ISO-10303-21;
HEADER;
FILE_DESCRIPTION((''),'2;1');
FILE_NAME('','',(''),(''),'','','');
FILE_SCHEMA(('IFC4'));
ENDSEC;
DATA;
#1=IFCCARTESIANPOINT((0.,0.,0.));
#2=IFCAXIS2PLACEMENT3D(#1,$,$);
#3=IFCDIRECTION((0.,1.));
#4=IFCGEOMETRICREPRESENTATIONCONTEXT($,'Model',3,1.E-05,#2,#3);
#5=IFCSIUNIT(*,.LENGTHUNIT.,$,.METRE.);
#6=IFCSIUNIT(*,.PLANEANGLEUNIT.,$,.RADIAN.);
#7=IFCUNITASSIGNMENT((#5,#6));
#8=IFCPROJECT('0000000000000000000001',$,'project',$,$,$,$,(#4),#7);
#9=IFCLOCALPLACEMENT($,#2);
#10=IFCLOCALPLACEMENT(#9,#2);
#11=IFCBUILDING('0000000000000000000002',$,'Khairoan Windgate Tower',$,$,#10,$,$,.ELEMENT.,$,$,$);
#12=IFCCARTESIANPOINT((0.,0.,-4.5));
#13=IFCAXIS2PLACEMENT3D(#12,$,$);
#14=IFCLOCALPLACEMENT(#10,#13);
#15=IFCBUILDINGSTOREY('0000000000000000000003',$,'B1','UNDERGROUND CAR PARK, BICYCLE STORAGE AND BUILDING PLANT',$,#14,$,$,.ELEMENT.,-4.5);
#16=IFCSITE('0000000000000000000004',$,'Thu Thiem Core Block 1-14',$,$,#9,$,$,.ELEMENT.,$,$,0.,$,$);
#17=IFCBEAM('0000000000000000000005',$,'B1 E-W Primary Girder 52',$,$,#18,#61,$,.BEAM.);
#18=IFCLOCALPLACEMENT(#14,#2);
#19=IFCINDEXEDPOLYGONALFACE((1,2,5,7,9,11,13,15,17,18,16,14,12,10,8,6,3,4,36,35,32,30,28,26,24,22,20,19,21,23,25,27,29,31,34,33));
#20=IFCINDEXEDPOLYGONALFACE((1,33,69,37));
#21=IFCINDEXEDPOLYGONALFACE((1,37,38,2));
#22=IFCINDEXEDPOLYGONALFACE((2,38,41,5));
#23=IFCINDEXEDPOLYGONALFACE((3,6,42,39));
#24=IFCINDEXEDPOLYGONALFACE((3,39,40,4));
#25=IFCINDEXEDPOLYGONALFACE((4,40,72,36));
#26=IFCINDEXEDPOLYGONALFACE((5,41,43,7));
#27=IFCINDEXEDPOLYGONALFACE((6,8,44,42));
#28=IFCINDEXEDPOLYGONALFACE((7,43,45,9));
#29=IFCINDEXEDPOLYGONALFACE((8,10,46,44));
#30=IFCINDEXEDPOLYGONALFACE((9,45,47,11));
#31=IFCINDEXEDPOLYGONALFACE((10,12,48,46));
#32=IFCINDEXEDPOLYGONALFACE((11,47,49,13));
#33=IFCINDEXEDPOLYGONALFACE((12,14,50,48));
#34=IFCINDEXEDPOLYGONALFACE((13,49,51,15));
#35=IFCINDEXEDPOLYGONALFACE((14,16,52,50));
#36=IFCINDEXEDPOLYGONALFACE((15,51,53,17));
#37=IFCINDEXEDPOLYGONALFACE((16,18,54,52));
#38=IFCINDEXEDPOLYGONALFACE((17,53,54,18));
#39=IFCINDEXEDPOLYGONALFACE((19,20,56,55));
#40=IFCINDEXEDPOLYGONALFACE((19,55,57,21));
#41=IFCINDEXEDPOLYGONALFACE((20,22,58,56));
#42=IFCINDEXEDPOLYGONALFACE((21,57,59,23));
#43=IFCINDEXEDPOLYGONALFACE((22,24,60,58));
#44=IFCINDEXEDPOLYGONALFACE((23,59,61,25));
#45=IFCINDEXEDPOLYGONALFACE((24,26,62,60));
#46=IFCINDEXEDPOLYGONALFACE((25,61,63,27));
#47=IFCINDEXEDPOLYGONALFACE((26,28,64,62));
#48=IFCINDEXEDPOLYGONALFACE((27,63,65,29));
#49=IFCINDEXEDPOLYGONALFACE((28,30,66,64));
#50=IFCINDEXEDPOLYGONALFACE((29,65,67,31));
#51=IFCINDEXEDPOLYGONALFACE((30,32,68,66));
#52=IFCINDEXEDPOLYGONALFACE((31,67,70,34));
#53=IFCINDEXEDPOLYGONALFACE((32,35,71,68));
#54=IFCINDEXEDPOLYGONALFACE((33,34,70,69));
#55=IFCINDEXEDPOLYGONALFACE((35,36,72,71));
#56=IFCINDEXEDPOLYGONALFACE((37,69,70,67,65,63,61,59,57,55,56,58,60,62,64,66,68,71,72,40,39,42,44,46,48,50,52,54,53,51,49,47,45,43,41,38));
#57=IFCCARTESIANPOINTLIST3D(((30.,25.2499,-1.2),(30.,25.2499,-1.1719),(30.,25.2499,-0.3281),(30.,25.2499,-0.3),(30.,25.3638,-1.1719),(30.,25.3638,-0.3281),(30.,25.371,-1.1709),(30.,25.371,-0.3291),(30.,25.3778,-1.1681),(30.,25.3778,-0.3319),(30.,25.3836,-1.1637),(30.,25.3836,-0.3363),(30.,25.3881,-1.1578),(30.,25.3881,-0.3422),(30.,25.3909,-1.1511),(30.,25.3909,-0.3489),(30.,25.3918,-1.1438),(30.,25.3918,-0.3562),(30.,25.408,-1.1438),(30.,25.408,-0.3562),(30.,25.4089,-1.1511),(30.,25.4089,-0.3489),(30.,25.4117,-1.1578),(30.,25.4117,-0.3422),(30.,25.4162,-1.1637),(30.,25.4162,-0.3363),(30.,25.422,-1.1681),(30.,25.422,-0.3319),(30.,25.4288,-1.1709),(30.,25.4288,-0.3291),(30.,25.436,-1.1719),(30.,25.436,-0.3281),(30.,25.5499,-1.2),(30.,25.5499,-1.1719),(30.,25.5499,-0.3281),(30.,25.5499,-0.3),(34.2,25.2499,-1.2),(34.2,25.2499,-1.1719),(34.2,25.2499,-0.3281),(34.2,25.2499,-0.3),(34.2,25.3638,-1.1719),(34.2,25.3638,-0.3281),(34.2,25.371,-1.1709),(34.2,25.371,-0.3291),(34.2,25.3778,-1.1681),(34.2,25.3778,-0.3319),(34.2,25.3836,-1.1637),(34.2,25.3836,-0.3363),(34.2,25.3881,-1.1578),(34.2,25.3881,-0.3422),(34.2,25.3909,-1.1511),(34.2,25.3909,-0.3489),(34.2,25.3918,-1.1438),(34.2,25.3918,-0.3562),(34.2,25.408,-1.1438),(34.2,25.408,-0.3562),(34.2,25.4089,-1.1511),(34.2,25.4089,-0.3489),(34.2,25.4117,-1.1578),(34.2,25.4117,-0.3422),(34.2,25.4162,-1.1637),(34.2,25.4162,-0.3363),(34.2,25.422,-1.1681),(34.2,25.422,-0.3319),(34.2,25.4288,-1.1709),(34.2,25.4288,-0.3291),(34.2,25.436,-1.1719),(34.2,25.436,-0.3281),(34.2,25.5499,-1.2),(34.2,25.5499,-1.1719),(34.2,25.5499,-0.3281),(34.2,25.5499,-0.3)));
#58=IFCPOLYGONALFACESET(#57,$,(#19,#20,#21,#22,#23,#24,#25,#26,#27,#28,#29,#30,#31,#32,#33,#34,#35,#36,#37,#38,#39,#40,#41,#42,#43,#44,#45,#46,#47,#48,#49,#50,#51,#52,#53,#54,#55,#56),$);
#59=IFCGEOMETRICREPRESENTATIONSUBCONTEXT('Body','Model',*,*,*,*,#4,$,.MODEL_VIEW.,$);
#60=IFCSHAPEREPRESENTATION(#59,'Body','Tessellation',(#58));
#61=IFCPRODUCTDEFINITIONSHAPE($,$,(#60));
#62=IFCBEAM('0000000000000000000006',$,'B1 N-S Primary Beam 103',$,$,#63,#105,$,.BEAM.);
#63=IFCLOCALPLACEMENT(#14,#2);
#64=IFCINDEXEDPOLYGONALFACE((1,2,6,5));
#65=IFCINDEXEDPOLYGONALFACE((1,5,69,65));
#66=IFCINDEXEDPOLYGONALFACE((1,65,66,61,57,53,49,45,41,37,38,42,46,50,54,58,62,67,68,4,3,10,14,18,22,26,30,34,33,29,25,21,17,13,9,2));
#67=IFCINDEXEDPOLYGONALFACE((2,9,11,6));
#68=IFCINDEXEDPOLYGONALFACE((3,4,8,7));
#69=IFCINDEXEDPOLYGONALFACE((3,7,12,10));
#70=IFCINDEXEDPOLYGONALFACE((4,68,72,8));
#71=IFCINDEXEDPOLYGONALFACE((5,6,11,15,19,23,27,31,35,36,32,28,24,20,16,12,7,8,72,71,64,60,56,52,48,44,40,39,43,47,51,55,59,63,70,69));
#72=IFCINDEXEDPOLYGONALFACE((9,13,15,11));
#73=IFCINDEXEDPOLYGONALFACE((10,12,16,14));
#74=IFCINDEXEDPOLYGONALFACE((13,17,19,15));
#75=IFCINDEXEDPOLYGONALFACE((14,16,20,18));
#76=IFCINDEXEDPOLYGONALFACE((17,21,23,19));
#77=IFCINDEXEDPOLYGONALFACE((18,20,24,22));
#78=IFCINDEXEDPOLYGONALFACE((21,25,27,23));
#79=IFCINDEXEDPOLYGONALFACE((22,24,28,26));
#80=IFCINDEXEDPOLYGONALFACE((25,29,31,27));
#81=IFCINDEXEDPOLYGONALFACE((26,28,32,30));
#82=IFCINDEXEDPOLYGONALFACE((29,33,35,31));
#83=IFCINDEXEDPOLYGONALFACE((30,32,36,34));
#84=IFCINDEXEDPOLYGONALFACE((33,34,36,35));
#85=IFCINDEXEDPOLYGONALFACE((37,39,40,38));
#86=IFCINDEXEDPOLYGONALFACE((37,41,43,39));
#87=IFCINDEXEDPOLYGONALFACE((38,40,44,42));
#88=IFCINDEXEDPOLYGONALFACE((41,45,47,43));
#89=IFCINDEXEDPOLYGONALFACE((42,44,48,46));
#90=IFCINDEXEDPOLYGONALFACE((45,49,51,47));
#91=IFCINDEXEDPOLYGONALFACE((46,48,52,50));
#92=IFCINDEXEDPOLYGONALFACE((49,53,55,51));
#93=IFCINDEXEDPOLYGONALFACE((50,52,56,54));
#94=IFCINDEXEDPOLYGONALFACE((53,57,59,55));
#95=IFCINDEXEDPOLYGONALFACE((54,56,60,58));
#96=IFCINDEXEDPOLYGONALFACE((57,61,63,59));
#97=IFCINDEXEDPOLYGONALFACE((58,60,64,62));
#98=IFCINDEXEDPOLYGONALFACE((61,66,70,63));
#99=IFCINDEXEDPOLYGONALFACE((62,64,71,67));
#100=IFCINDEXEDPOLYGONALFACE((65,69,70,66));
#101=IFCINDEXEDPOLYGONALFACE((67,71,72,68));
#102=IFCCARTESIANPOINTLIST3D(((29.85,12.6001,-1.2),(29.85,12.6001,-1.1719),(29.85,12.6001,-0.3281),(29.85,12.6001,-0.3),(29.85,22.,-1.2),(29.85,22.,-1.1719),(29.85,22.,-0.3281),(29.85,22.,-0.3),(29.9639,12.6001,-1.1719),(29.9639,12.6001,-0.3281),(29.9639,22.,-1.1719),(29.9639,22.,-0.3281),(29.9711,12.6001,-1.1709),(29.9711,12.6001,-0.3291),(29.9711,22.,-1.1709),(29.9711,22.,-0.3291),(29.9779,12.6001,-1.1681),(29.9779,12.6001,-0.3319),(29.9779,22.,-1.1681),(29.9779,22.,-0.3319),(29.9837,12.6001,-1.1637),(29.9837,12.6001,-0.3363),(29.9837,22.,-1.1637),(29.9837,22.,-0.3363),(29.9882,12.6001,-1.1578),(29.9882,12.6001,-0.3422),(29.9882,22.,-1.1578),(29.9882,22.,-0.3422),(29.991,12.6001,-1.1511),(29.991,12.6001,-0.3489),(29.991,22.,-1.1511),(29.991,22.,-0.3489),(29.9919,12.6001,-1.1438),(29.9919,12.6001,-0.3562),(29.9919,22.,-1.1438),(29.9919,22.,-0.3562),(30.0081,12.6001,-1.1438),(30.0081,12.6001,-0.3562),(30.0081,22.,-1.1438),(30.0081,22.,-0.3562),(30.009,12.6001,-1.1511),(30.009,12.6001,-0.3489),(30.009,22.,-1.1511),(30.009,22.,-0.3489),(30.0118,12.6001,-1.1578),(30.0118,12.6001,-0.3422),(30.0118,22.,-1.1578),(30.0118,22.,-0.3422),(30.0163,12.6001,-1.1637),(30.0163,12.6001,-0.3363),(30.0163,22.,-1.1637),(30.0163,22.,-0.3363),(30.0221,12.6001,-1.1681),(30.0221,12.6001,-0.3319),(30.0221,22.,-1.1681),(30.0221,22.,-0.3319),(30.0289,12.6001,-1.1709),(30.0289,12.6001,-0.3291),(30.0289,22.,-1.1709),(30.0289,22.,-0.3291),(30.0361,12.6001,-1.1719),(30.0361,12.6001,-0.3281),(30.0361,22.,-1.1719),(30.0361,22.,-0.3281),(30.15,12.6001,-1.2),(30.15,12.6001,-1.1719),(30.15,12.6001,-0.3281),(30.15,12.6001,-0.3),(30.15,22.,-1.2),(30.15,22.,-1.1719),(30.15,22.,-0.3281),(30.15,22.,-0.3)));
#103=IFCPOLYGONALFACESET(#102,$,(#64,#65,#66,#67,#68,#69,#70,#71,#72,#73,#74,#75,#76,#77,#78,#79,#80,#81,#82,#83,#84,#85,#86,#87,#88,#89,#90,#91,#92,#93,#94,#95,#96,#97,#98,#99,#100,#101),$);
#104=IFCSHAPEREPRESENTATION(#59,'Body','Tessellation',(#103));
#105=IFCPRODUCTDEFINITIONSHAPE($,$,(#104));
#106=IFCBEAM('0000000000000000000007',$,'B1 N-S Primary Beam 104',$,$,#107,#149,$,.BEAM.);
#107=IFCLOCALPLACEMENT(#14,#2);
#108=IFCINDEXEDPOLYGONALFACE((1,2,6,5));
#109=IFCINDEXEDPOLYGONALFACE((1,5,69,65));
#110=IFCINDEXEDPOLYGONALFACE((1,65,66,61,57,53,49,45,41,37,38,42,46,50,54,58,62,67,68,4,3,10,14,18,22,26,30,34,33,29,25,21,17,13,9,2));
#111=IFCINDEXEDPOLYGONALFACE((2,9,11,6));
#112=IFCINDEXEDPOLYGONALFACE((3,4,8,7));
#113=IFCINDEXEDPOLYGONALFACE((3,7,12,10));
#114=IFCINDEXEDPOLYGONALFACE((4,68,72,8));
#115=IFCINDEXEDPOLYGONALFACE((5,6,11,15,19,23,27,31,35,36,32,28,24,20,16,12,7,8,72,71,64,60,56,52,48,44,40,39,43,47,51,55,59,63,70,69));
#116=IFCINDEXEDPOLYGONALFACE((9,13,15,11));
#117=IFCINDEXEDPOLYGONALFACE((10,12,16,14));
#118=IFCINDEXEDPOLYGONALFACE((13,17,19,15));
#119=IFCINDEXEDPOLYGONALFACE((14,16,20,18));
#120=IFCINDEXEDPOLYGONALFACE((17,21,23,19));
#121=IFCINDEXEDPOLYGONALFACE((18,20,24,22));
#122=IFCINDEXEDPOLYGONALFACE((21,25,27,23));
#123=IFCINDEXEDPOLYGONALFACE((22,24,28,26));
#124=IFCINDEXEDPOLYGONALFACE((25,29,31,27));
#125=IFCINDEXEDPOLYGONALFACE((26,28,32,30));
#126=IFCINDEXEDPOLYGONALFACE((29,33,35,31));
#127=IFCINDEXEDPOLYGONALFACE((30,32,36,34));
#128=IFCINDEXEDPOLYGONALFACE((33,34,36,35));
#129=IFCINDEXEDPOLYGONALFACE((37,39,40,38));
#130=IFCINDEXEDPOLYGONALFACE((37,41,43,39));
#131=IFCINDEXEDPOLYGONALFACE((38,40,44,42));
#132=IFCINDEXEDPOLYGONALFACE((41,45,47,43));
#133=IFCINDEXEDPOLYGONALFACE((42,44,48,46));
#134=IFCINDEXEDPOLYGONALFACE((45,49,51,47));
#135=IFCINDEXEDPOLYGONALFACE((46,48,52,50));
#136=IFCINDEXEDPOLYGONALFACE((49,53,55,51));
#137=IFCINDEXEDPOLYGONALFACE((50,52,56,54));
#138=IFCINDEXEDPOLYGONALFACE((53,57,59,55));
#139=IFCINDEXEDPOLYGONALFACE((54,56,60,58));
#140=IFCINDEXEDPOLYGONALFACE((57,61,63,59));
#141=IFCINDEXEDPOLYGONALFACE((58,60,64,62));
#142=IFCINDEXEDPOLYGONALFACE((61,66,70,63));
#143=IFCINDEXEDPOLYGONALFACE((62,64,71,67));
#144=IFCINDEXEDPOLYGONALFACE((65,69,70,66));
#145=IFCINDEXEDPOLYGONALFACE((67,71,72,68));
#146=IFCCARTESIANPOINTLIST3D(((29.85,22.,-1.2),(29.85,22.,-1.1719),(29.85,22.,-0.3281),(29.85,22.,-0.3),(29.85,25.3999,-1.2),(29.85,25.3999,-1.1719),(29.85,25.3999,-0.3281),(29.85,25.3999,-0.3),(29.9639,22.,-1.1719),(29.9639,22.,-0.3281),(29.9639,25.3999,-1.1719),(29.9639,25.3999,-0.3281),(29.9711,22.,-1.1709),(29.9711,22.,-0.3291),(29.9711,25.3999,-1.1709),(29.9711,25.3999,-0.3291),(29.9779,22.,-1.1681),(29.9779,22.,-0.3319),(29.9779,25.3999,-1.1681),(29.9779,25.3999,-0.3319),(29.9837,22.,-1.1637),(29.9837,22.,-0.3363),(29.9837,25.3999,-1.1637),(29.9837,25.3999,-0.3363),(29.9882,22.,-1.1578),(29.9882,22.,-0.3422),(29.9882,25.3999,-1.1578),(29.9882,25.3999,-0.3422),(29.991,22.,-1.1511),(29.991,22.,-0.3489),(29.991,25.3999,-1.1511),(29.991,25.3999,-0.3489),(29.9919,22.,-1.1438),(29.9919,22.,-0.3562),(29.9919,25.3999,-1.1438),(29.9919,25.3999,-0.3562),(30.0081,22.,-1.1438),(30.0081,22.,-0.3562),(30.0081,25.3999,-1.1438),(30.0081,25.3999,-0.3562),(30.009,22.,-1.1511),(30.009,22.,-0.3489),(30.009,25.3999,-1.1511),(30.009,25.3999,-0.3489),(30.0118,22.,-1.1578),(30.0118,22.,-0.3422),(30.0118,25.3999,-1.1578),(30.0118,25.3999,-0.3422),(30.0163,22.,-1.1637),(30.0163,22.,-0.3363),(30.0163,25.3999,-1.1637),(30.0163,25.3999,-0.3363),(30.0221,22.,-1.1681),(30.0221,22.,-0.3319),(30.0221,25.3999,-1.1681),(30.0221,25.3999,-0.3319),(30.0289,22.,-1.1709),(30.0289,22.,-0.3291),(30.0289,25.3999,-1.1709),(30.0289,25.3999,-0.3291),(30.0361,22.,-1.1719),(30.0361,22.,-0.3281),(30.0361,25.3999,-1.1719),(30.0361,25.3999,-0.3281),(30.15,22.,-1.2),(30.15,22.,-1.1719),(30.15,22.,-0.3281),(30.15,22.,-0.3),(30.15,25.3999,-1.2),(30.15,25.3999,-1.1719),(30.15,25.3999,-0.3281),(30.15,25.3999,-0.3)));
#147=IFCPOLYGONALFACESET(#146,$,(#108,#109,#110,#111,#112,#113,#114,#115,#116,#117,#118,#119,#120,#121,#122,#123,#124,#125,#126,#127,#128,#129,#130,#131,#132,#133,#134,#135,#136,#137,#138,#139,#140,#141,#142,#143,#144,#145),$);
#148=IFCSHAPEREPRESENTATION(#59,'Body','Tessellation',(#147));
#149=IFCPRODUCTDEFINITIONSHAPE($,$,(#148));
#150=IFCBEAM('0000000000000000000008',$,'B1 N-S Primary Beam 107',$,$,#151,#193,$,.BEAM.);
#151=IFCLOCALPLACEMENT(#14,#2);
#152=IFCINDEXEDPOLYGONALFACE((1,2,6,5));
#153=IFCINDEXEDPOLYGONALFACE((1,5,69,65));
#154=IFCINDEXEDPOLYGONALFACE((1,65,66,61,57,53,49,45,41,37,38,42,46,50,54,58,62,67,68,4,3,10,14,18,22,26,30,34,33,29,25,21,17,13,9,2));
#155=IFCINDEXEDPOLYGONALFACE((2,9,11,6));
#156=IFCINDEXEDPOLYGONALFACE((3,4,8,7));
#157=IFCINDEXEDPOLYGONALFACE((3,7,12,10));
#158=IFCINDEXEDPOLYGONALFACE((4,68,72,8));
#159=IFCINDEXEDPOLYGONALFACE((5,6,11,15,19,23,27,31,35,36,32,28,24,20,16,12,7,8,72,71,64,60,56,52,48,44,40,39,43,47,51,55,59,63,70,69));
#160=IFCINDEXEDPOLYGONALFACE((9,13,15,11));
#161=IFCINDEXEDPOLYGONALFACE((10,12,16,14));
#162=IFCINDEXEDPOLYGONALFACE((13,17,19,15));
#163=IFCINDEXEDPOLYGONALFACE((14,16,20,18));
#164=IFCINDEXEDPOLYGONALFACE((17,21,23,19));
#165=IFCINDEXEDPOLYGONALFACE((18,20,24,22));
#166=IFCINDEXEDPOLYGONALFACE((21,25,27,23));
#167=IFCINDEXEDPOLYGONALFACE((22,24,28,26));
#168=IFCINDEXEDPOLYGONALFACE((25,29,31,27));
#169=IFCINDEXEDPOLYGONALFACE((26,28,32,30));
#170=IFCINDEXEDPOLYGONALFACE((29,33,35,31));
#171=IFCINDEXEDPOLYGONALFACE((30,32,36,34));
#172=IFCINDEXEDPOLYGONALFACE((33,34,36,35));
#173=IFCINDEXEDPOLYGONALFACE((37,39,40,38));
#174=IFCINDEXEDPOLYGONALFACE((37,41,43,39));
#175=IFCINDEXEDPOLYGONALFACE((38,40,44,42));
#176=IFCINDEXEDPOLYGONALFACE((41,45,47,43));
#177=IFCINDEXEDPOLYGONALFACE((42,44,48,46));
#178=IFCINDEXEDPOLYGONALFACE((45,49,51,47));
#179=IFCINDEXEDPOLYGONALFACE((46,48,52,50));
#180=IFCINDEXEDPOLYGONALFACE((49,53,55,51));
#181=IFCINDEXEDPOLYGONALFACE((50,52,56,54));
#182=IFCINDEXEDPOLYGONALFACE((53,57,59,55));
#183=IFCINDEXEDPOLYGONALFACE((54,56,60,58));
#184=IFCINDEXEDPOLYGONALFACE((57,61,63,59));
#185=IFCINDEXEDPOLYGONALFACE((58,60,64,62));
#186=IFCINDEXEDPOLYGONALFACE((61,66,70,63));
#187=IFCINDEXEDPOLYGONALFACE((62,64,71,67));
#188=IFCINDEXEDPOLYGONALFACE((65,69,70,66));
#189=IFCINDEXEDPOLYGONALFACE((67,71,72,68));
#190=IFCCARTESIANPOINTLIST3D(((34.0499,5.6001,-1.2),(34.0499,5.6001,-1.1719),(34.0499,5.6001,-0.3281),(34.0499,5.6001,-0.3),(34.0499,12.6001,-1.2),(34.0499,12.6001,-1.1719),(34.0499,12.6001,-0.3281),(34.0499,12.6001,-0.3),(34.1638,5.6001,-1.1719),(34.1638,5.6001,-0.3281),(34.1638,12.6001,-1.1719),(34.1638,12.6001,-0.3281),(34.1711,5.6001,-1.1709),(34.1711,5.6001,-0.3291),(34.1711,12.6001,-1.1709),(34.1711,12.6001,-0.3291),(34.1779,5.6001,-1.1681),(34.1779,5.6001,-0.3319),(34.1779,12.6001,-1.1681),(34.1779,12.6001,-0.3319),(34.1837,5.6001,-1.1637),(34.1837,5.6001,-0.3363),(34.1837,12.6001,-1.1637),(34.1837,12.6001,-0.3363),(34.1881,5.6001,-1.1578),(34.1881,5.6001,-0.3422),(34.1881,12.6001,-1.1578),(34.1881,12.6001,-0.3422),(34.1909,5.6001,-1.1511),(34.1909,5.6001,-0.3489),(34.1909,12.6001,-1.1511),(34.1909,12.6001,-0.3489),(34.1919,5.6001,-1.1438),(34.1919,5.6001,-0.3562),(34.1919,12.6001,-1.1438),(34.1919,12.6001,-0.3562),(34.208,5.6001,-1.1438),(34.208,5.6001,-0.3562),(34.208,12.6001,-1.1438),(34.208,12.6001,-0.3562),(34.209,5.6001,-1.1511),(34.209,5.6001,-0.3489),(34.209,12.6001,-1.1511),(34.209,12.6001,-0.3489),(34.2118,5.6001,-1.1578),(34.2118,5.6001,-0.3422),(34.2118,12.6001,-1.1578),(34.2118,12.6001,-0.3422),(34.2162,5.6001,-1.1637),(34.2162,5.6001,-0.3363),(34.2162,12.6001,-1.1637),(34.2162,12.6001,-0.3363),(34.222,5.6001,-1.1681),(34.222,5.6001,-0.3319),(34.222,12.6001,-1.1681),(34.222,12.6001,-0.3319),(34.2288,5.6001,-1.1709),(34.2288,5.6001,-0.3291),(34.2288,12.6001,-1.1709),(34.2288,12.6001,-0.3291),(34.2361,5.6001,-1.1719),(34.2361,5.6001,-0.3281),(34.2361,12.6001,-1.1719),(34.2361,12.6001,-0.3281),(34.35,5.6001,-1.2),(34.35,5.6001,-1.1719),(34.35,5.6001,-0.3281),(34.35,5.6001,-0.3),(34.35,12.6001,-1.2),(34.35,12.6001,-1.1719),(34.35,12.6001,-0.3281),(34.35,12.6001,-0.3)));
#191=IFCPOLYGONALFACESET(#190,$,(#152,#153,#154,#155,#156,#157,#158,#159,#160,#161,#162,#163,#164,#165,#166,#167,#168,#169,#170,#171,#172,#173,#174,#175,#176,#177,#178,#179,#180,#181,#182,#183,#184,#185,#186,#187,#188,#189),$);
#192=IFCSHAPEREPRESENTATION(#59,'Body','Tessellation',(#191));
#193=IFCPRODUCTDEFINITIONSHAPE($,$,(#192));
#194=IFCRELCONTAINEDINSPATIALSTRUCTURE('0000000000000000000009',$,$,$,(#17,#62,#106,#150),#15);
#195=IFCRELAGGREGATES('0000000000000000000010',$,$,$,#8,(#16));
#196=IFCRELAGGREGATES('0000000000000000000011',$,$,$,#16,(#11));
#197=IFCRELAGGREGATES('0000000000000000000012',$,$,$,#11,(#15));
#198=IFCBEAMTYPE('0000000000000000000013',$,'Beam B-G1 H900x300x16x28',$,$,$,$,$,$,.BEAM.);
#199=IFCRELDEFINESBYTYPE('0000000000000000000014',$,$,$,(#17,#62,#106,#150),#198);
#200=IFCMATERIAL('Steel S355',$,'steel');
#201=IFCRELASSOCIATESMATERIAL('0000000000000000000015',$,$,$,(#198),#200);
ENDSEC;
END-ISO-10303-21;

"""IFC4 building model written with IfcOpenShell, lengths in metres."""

from ifc_helpers import new_model, si_unit, direction, frame, origin, origin_2d, place, context, subcontext, project, spatial, i_section, extrude, material, material_profile, profile_set, type_object, element, save


model = new_model("IFC4")

# Units and contexts
model_context = context("Model", 3, precision=1e-05, world=origin(), true_north=direction((0.0, 1.0)))
body_context = subcontext(model_context, "Body", "Model", "MODEL_VIEW")
ifc_project = project(units=[si_unit("LENGTHUNIT", "METRE"), si_unit("PLANEANGLEUNIT", "RADIAN")], contexts=[model_context])

# Site, building, storey
site_placement = place(None, origin())
site = spatial("IfcSite", under=ifc_project, at=site_placement, Name="Thu Thiem Core Block 1-14", CompositionType="ELEMENT", RefElevation=0.0)
building_placement = place(site_placement, origin())
building = spatial("IfcBuilding", under=site, at=building_placement, Name="Khairoan Windgate Tower", CompositionType="ELEMENT")
storey_placement = place(building_placement, frame((0.0, 0.0, -4.5)))
storey = spatial("IfcBuildingStorey", under=building, at=storey_placement, Name="B1", Description="UNDERGROUND CAR PARK, BICYCLE STORAGE AND BUILDING PLANT", CompositionType="ELEMENT", Elevation=-4.5)

# Beams
ifc_material_1 = material(Name="Steel S355", Category="steel")
ifc_material_profile_1 = material_profile(ifc_material_1, i_section(OverallWidth=0.3, OverallDepth=0.8999, WebThickness=0.0161, FlangeThickness=0.0281, FilletRadius=0.0281, at=origin_2d()))
ifc_profile_set_1 = profile_set([ifc_material_profile_1], Name="Steel S355")
beam_type_1 = type_object("IfcBeamType", Name="Beam B-G1 H900x300x16x28", PredefinedType="BEAM", material=ifc_profile_set_1)
for number, where, z_axis, x_axis, name in (
    (1, (30.0, 25.3999, -0.75), (1.0, 0.0, 0.0), (0.0, 1.0, 0.0), "B1 E-W Primary Girder 52"),
):
    element("IfcBeam", number, at=place(storey_placement, frame(where, z_axis=z_axis, x_axis=x_axis)), inside=storey, type_object=beam_type_1, Name=name, PredefinedType="BEAM", context=body_context, shape_type="SweptSolid", body=[
        extrude(i_section(OverallWidth=0.3, OverallDepth=0.8999, WebThickness=0.0161, FlangeThickness=0.0281, FilletRadius=0.0281, at=origin_2d()), origin(), (0.0, 0.0, 1.0), 4.2),
    ])
beam_1_placement = place(storey_placement, frame((30.0, 12.6001, -0.75), z_axis=(0.0, 1.0, 0.0), x_axis=(-1.0, 0.0, 0.0)))
element("IfcBeam", 2, at=beam_1_placement, inside=storey, type_object=beam_type_1, Name="B1 N-S Primary Beam 103", PredefinedType="BEAM", context=body_context, shape_type="SweptSolid", body=[
    extrude(i_section(OverallWidth=0.3, OverallDepth=0.8999, WebThickness=0.0161, FlangeThickness=0.0281, FilletRadius=0.0281, at=origin_2d()), origin(), (0.0, 0.0, 1.0), 9.3999),
])
beam_2_placement = place(storey_placement, frame((30.0, 22.0, -0.75), z_axis=(0.0, 1.0, 0.0), x_axis=(-1.0, 0.0, 0.0)))
element("IfcBeam", 3, at=beam_2_placement, inside=storey, type_object=beam_type_1, Name="B1 N-S Primary Beam 104", PredefinedType="BEAM", context=body_context, shape_type="SweptSolid", body=[
    extrude(i_section(OverallWidth=0.3, OverallDepth=0.8999, WebThickness=0.0161, FlangeThickness=0.0281, FilletRadius=0.0281, at=origin_2d()), origin(), (0.0, 0.0, 1.0), 3.3999),
])
beam_3_placement = place(storey_placement, frame((34.2, 5.6001, -0.75), z_axis=(0.0, 1.0, 0.0), x_axis=(-1.0, 0.0, 0.0)))
element("IfcBeam", 4, at=beam_3_placement, inside=storey, type_object=beam_type_1, Name="B1 N-S Primary Beam 107", PredefinedType="BEAM", context=body_context, shape_type="SweptSolid", body=[
    extrude(i_section(OverallWidth=0.3, OverallDepth=0.8999, WebThickness=0.0161, FlangeThickness=0.0281, FilletRadius=0.0281, at=origin_2d()), origin(), (0.0, 0.0, 1.0), 7.0),
])

save(model, "model.ifc")
